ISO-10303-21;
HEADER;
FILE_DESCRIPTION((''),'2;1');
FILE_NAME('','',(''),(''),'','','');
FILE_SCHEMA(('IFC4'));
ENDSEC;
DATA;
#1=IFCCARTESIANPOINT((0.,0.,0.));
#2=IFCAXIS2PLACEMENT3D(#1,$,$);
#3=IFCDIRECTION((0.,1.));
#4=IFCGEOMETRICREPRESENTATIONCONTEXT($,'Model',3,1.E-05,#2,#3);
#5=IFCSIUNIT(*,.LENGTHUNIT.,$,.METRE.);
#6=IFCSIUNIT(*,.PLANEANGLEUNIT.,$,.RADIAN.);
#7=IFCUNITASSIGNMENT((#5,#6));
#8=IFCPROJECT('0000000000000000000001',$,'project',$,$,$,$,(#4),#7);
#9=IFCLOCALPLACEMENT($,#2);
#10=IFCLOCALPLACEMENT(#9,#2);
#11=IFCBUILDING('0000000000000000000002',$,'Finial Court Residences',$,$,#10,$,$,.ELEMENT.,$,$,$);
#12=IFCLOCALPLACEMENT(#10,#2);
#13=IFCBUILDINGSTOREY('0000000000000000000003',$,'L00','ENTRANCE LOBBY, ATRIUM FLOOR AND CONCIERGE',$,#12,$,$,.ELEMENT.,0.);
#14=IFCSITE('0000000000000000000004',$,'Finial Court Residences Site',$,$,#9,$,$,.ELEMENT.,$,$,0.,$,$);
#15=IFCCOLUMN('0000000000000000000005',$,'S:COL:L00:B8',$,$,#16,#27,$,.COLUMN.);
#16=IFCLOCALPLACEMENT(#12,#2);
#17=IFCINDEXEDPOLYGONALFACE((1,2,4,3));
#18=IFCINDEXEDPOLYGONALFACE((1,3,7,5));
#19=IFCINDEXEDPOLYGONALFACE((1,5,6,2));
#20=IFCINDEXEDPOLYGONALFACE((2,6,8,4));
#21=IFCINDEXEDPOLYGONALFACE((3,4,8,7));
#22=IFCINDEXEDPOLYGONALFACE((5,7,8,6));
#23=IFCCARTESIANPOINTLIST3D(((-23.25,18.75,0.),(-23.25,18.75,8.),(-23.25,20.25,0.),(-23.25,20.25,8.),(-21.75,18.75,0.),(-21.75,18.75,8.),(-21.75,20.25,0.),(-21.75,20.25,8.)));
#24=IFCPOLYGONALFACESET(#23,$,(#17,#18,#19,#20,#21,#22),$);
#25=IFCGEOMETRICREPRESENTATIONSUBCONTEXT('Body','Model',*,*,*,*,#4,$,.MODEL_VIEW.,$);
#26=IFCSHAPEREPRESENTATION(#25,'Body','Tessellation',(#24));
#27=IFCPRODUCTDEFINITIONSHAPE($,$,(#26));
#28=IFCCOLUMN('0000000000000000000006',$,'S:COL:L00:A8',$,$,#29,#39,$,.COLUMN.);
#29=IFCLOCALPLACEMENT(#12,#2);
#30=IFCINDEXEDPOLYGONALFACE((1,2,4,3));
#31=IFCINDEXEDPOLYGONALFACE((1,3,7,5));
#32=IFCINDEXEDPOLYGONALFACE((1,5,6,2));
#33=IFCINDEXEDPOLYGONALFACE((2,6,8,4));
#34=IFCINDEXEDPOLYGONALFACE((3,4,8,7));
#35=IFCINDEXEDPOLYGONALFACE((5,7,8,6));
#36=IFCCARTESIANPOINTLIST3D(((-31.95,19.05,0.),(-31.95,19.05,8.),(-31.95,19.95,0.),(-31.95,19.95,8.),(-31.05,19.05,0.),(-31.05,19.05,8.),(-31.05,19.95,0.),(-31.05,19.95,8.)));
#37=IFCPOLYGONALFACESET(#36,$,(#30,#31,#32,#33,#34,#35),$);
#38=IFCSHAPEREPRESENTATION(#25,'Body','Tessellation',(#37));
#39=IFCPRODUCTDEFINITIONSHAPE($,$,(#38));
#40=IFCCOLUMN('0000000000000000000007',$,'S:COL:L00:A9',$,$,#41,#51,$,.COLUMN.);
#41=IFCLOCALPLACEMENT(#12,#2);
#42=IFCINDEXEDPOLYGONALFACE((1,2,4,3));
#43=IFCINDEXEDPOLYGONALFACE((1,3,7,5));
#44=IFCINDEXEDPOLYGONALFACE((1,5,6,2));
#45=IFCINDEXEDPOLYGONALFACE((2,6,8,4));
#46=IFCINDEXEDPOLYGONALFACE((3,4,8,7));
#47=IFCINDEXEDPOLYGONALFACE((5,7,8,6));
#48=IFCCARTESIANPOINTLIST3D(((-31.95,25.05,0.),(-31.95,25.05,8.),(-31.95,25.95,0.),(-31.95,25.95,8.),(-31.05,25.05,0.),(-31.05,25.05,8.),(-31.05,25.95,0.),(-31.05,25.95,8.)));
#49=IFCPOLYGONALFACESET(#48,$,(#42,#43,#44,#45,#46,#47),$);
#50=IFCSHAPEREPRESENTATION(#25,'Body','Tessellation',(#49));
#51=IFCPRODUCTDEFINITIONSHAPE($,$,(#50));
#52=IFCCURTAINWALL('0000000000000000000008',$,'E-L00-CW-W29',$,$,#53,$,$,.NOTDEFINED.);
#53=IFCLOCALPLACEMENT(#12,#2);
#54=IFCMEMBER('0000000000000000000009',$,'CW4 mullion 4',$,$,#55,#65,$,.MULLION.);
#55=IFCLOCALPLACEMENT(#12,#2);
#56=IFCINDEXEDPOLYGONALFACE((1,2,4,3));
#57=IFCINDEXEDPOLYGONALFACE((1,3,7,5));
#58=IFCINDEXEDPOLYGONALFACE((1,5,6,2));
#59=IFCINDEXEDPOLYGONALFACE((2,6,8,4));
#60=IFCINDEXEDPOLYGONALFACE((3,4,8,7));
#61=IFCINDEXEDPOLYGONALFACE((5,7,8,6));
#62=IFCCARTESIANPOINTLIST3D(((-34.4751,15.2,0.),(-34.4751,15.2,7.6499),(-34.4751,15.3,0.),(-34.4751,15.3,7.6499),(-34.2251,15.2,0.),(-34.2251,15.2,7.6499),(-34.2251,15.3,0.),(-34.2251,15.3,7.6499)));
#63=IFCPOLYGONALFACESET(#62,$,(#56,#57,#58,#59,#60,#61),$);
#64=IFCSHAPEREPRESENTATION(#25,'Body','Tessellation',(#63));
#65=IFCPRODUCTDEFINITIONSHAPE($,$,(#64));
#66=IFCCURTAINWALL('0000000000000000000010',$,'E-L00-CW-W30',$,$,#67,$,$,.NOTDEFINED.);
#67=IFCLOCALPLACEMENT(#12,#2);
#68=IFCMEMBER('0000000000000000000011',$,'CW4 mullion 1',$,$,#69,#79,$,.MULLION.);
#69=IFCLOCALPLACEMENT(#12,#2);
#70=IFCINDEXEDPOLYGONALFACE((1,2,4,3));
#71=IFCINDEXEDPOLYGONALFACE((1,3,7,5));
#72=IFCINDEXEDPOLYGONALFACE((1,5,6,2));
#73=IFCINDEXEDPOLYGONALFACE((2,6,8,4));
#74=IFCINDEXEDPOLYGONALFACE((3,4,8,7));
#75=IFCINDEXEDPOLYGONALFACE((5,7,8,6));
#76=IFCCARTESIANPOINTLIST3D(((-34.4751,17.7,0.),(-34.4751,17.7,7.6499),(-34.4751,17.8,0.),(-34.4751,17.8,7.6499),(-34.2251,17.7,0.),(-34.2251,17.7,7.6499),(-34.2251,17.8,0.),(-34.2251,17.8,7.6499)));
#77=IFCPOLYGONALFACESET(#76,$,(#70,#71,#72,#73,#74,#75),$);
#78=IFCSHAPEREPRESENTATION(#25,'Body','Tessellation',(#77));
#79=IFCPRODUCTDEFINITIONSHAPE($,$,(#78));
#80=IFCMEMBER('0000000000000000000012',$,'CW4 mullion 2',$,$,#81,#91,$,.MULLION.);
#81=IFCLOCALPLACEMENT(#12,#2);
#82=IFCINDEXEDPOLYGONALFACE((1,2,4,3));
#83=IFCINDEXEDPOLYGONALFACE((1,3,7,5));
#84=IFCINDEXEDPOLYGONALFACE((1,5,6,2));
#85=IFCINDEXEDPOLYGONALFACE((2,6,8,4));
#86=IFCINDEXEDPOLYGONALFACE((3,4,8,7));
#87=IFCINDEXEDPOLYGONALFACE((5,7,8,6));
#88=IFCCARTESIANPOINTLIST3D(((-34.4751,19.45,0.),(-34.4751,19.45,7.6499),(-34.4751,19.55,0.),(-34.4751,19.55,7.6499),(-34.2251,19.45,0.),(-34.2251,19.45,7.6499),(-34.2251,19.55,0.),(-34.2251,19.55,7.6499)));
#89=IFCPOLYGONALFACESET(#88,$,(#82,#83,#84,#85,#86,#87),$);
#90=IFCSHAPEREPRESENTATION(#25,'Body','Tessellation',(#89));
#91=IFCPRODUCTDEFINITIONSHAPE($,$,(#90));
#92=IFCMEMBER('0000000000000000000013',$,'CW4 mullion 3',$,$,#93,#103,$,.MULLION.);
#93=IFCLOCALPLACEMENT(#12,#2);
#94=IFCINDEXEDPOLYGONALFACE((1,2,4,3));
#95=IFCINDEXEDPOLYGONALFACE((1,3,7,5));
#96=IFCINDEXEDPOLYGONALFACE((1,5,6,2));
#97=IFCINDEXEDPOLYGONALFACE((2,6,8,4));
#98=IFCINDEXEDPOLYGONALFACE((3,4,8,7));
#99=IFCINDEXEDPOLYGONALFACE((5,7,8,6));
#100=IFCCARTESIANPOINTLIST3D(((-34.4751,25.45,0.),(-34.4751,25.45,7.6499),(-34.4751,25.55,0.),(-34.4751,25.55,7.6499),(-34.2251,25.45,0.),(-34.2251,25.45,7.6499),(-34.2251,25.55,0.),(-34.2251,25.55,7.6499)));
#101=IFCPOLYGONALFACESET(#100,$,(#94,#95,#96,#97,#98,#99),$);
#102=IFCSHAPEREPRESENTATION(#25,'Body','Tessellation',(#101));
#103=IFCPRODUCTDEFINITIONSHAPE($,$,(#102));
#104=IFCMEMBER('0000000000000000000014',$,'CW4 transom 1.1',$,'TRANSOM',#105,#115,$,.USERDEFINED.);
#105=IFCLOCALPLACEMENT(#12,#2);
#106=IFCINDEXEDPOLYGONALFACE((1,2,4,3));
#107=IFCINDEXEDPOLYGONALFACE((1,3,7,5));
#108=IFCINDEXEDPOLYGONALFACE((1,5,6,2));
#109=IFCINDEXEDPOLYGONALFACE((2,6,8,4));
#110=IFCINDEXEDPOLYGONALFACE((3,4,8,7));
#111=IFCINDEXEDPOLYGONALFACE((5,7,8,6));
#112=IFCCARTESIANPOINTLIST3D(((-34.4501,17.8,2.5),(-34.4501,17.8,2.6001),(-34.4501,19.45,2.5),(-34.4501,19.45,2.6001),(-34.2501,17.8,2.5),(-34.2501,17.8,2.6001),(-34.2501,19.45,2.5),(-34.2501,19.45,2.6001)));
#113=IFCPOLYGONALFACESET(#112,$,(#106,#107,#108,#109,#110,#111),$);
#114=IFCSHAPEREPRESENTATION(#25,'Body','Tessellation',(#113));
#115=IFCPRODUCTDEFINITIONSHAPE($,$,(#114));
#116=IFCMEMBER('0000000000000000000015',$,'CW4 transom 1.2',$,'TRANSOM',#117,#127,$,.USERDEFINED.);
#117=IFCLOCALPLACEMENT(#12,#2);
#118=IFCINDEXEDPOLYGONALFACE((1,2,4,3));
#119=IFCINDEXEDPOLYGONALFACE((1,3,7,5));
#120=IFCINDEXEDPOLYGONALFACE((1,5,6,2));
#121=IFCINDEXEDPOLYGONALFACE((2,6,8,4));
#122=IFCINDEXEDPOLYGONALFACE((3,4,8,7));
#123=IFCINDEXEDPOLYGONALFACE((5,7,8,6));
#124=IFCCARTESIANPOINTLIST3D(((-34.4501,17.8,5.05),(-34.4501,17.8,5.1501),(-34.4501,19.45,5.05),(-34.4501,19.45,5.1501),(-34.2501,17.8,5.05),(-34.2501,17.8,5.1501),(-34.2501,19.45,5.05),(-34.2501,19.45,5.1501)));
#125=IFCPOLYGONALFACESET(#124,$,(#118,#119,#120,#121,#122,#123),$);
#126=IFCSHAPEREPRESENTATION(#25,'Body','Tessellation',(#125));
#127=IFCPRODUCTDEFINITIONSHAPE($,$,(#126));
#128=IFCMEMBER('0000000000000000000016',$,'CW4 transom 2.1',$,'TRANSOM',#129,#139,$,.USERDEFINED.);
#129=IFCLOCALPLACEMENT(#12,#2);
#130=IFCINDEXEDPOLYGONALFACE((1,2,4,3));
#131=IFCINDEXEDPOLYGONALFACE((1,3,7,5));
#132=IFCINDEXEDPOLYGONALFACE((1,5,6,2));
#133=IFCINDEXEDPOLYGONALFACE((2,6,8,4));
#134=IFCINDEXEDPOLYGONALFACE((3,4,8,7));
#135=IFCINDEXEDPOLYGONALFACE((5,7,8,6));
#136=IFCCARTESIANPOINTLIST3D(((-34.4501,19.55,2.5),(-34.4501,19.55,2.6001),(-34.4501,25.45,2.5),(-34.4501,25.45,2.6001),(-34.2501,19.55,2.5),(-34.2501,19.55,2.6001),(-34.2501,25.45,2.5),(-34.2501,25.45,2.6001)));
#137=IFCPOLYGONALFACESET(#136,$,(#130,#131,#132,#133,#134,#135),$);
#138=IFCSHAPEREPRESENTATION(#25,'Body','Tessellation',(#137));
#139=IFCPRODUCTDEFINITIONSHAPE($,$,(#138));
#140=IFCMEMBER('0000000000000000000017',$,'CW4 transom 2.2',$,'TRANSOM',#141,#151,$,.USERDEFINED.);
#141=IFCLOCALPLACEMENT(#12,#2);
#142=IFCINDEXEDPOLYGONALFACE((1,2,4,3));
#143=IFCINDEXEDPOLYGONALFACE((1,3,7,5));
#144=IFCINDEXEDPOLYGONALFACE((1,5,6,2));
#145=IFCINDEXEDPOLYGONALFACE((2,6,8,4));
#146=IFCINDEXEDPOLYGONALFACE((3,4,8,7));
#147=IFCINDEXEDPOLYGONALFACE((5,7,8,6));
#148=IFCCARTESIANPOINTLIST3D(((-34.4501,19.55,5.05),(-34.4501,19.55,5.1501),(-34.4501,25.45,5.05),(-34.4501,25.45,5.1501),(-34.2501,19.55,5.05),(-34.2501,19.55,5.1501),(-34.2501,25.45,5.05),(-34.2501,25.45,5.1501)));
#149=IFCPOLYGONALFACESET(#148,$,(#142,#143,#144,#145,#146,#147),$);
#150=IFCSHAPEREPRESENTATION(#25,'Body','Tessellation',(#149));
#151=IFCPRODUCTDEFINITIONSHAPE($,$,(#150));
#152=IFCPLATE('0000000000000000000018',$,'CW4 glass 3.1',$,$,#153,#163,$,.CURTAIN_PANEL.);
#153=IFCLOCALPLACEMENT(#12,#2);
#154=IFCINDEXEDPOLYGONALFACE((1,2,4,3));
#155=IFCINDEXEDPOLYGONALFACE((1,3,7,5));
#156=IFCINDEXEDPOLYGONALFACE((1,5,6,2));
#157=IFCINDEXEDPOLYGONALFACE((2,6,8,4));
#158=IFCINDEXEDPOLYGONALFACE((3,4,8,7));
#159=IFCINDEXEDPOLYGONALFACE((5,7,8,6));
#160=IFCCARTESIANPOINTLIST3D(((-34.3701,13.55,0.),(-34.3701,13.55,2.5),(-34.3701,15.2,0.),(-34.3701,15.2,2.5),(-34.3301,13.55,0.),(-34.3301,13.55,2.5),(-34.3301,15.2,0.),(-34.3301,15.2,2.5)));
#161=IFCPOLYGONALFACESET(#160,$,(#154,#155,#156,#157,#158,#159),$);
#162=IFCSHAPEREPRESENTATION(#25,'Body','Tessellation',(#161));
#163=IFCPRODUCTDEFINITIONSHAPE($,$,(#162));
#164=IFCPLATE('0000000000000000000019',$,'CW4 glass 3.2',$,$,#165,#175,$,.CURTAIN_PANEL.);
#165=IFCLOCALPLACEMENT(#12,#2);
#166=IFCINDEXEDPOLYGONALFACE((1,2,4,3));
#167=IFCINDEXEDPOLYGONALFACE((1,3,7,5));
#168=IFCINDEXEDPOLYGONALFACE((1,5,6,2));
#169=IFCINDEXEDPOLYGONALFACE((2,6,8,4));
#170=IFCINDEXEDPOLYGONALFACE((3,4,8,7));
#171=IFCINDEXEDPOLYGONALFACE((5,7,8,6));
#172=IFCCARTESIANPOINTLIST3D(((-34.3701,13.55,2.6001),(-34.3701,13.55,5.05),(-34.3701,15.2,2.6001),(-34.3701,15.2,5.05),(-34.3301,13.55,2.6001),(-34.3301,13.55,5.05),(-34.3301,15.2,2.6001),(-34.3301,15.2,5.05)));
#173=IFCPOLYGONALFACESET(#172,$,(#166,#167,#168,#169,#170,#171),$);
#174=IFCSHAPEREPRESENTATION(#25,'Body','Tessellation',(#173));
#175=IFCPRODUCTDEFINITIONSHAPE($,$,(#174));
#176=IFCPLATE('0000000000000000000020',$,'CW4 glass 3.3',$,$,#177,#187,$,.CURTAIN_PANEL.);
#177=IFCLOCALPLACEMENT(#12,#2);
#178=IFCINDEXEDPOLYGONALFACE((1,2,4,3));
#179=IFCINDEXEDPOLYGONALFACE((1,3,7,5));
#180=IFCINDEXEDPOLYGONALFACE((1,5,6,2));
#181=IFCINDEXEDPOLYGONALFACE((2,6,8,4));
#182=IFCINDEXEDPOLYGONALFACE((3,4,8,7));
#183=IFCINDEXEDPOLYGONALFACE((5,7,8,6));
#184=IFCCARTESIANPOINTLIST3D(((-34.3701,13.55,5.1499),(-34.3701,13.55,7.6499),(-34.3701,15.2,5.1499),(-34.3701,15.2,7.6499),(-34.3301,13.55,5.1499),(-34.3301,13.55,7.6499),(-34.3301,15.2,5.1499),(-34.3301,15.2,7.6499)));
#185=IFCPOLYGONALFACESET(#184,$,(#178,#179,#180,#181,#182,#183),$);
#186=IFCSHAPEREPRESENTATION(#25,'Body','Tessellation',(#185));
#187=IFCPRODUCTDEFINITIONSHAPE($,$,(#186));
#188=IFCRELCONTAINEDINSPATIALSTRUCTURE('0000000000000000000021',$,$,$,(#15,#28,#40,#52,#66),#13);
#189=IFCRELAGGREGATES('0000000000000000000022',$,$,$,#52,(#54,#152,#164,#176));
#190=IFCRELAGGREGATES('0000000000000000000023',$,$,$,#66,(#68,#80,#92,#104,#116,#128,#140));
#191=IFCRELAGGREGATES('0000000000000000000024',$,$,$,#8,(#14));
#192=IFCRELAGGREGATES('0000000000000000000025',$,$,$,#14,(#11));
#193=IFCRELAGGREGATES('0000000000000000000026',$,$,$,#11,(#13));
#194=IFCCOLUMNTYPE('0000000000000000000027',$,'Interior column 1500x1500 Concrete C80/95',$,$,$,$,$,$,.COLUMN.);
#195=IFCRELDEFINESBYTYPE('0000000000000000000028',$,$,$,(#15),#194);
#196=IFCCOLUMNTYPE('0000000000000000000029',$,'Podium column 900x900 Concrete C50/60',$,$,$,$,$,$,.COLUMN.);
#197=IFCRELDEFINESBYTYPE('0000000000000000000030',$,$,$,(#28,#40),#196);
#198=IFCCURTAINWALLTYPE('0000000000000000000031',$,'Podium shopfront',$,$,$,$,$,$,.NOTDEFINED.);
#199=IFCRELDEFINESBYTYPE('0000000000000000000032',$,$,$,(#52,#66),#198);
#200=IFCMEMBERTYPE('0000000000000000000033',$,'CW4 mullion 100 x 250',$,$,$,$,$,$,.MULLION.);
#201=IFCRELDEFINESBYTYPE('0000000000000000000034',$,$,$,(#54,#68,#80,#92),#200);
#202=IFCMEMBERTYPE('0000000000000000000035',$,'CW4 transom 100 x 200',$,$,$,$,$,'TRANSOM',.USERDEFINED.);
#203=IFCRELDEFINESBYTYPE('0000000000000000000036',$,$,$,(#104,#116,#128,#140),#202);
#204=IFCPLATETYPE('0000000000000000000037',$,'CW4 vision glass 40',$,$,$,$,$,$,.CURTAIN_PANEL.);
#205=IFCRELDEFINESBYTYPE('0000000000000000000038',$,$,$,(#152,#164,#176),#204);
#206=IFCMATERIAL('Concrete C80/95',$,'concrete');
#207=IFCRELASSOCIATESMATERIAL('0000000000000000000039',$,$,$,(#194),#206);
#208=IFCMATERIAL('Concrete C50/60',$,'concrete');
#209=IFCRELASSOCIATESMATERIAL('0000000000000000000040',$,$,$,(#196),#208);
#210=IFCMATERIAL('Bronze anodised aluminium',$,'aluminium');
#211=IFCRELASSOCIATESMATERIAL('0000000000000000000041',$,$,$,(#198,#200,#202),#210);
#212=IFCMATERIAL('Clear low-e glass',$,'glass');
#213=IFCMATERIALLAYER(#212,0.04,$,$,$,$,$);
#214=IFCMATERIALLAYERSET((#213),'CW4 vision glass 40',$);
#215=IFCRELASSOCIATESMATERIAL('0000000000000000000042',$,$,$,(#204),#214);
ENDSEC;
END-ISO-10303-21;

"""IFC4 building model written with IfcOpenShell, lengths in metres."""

from ifc_helpers import new_model, si_unit, direction, frame, origin, origin_2d, place, context, subcontext, project, spatial, rectangle, extrude, material, layer, layer_set, material_profile, profile_set, type_object, element, aggregate, save


model = new_model("IFC4")

# Units and contexts
model_context = context("Model", 3, precision=1e-05, world=origin(), true_north=direction((0.0, 1.0)))
body_context = subcontext(model_context, "Body", "Model", "MODEL_VIEW")
ifc_project = project(units=[si_unit("LENGTHUNIT", "METRE"), si_unit("PLANEANGLEUNIT", "RADIAN")], contexts=[model_context])

# Site, building, storey
site_placement = place(None, origin())
site = spatial("IfcSite", under=ifc_project, at=site_placement, Name="Finial Court Residences Site", CompositionType="ELEMENT", RefElevation=0.0)
building_placement = place(site_placement, origin())
building = spatial("IfcBuilding", under=site, at=building_placement, Name="Finial Court Residences", CompositionType="ELEMENT")
storey_placement = place(building_placement, origin())
storey = spatial("IfcBuildingStorey", under=building, at=storey_placement, Name="L00", Description="ENTRANCE LOBBY, ATRIUM FLOOR AND CONCIERGE", CompositionType="ELEMENT", Elevation=0.0)

# Columns
ifc_material_1 = material(Name="Concrete C80/95", Category="concrete")
ifc_material_profile_1 = material_profile(ifc_material_1, rectangle(XDim=1.5, YDim=1.5, at=origin_2d()), Name="1500x1500")
ifc_profile_set_1 = profile_set([ifc_material_profile_1], Name="Concrete C80/95")
column_type_1 = type_object("IfcColumnType", Name="Interior column 1500x1500 Concrete C80/95", PredefinedType="COLUMN", material=ifc_profile_set_1)
column_placement = place(storey_placement, frame((-22.5, 19.5, 0.0), z_axis=(0.0, 0.0, 1.0), x_axis=(1.0, 0.0, 0.0)))
element("IfcColumn", 1, at=column_placement, inside=storey, type_object=column_type_1, Name="S:COL:L00:B8", PredefinedType="COLUMN", context=body_context, shape_type="SweptSolid", body=[
    extrude(rectangle(XDim=1.5, YDim=1.5, at=origin_2d()), origin(), (0.0, 0.0, 1.0), 8.0),
])
ifc_material_2 = material(Name="Concrete C50/60", Category="concrete")
ifc_material_profile_2 = material_profile(ifc_material_2, rectangle(XDim=0.8999, YDim=0.8999, at=origin_2d()), Name="900x900")
ifc_profile_set_2 = profile_set([ifc_material_profile_2], Name="Concrete C50/60")
column_type_2 = type_object("IfcColumnType", Name="Podium column 900x900 Concrete C50/60", PredefinedType="COLUMN", material=ifc_profile_set_2)
for number, where, z_axis, x_axis, name in (
    (2, (-31.5, 19.5, 0.0), (0.0, 0.0, 1.0), (1.0, 0.0, 0.0), "S:COL:L00:A8"),
    (3, (-31.5, 25.5, 0.0), (0.0, 0.0, 1.0), (1.0, 0.0, 0.0), "S:COL:L00:A9"),
):
    element("IfcColumn", number, at=place(storey_placement, frame(where, z_axis=z_axis, x_axis=x_axis)), inside=storey, type_object=column_type_2, Name=name, PredefinedType="COLUMN", context=body_context, shape_type="SweptSolid", body=[
        extrude(rectangle(XDim=0.8999, YDim=0.8999, at=origin_2d()), origin(), (0.0, 0.0, 1.0), 8.0),
    ])

# Curtain wall, member
ifc_material_3 = material(Name="Bronze anodised aluminium", Category="aluminium")
curtain_wall_type = type_object("IfcCurtainWallType", Name="Podium shopfront", PredefinedType="NOTDEFINED", material=ifc_material_3)
curtain_wall_1_placement = place(storey_placement, origin())
curtain_wall_1 = element("IfcCurtainWall", 4, at=curtain_wall_1_placement, inside=storey, type_object=curtain_wall_type, Name="E-L00-CW-W29", PredefinedType="NOTDEFINED")
ifc_material_profile_3 = material_profile(ifc_material_3, rectangle(XDim=0.25, YDim=0.1001, at=origin_2d()), Name="CW4 mullion 100 x 250")
ifc_profile_set_3 = profile_set([ifc_material_profile_3], Name="Bronze anodised aluminium")
member_type_1 = type_object("IfcMemberType", Name="CW4 mullion 100 x 250", PredefinedType="MULLION", material=ifc_profile_set_3)
member_1_placement = place(storey_placement, frame((-34.3501, 15.25, 0.0), z_axis=(0.0, 0.0, 1.0), x_axis=(-1.0, 0.0, 0.0)))
member_1 = element("IfcMember", 5, at=member_1_placement, type_object=member_type_1, Name="CW4 mullion 4", PredefinedType="MULLION", context=body_context, shape_type="SweptSolid", body=[
    extrude(rectangle(XDim=0.25, YDim=0.1001, at=origin_2d()), origin(), (0.0, 0.0, 1.0), 7.6499),
])

# Curtain wall, members
curtain_wall_2_placement = place(storey_placement, origin())
curtain_wall_2 = element("IfcCurtainWall", 6, at=curtain_wall_2_placement, inside=storey, type_object=curtain_wall_type, Name="E-L00-CW-W30", PredefinedType="NOTDEFINED")
member_2_placement = place(storey_placement, frame((-34.3501, 17.75, 0.0), z_axis=(0.0, 0.0, 1.0), x_axis=(-1.0, 0.0, 0.0)))
member_2 = element("IfcMember", 7, at=member_2_placement, type_object=member_type_1, Name="CW4 mullion 1", PredefinedType="MULLION", context=body_context, shape_type="SweptSolid", body=[
    extrude(rectangle(XDim=0.25, YDim=0.1001, at=origin_2d()), origin(), (0.0, 0.0, 1.0), 7.6499),
])
member_3_placement = place(storey_placement, frame((-34.3501, 19.5, 0.0), z_axis=(0.0, 0.0, 1.0), x_axis=(-1.0, 0.0, 0.0)))
member_3 = element("IfcMember", 8, at=member_3_placement, type_object=member_type_1, Name="CW4 mullion 2", PredefinedType="MULLION", context=body_context, shape_type="SweptSolid", body=[
    extrude(rectangle(XDim=0.25, YDim=0.1001, at=origin_2d()), origin(), (0.0, 0.0, 1.0), 7.6499),
])
member_4_placement = place(storey_placement, frame((-34.3501, 25.5, 0.0), z_axis=(0.0, 0.0, 1.0), x_axis=(-1.0, 0.0, 0.0)))
member_4 = element("IfcMember", 9, at=member_4_placement, type_object=member_type_1, Name="CW4 mullion 3", PredefinedType="MULLION", context=body_context, shape_type="SweptSolid", body=[
    extrude(rectangle(XDim=0.25, YDim=0.1001, at=origin_2d()), origin(), (0.0, 0.0, 1.0), 7.6499),
])
ifc_material_profile_4 = material_profile(ifc_material_3, rectangle(XDim=0.2, YDim=0.1001, at=origin_2d()), Name="CW4 transom 100 x 200")
ifc_profile_set_4 = profile_set([ifc_material_profile_4], Name="Bronze anodised aluminium")
member_type_2 = type_object("IfcMemberType", Name="CW4 transom 100 x 200", ElementType="TRANSOM", PredefinedType="USERDEFINED", material=ifc_profile_set_4)
member_5_placement = place(storey_placement, frame((-34.3501, 17.8, 2.55), z_axis=(0.0, 1.0, 0.0), x_axis=(-1.0, 0.0, 0.0)))
member_5 = element("IfcMember", 10, at=member_5_placement, type_object=member_type_2, Name="CW4 transom 1.1", ObjectType="TRANSOM", PredefinedType="USERDEFINED", context=body_context, shape_type="SweptSolid", body=[
    extrude(rectangle(XDim=0.2, YDim=0.1001, at=origin_2d()), origin(), (0.0, 0.0, 1.0), 1.6499),
])
member_6_placement = place(storey_placement, frame((-34.3501, 17.8, 5.1001), z_axis=(0.0, 1.0, 0.0), x_axis=(-1.0, 0.0, 0.0)))
member_6 = element("IfcMember", 11, at=member_6_placement, type_object=member_type_2, Name="CW4 transom 1.2", ObjectType="TRANSOM", PredefinedType="USERDEFINED", context=body_context, shape_type="SweptSolid", body=[
    extrude(rectangle(XDim=0.2, YDim=0.1001, at=origin_2d()), origin(), (0.0, 0.0, 1.0), 1.6499),
])
member_7_placement = place(storey_placement, frame((-34.3501, 19.55, 2.55), z_axis=(0.0, 1.0, 0.0), x_axis=(-1.0, 0.0, 0.0)))
member_7 = element("IfcMember", 12, at=member_7_placement, type_object=member_type_2, Name="CW4 transom 2.1", ObjectType="TRANSOM", PredefinedType="USERDEFINED", context=body_context, shape_type="SweptSolid", body=[
    extrude(rectangle(XDim=0.2, YDim=0.1001, at=origin_2d()), origin(), (0.0, 0.0, 1.0), 5.8999),
])
member_8_placement = place(storey_placement, frame((-34.3501, 19.55, 5.1001), z_axis=(0.0, 1.0, 0.0), x_axis=(-1.0, 0.0, 0.0)))
member_8 = element("IfcMember", 13, at=member_8_placement, type_object=member_type_2, Name="CW4 transom 2.2", ObjectType="TRANSOM", PredefinedType="USERDEFINED", context=body_context, shape_type="SweptSolid", body=[
    extrude(rectangle(XDim=0.2, YDim=0.1001, at=origin_2d()), origin(), (0.0, 0.0, 1.0), 5.8999),
])

# Plates
ifc_material_4 = material(Name="Clear low-e glass", Category="glass")
ifc_layer_1 = layer(ifc_material_4, 0.04)
ifc_layer_set_1 = layer_set([ifc_layer_1], Name="CW4 vision glass 40")
plate_type = type_object("IfcPlateType", Name="CW4 vision glass 40", PredefinedType="CURTAIN_PANEL", material=ifc_layer_set_1)
plate_1_placement = place(storey_placement, frame((-34.3501, 14.375, 0.0), z_axis=(0.0, 0.0, 1.0), x_axis=(0.0, 1.0, 0.0)))
plate_1 = element("IfcPlate", 14, at=plate_1_placement, type_object=plate_type, Name="CW4 glass 3.1", PredefinedType="CURTAIN_PANEL", context=body_context, shape_type="SweptSolid", body=[
    extrude(rectangle(XDim=1.6499, YDim=0.04, at=origin_2d()), origin(), (0.0, 0.0, 1.0), 2.5),
])
plate_2_placement = place(storey_placement, frame((-34.3501, 14.375, 2.6001), z_axis=(0.0, 0.0, 1.0), x_axis=(0.0, 1.0, 0.0)))
plate_2 = element("IfcPlate", 15, at=plate_2_placement, type_object=plate_type, Name="CW4 glass 3.2", PredefinedType="CURTAIN_PANEL", context=body_context, shape_type="SweptSolid", body=[
    extrude(rectangle(XDim=1.6499, YDim=0.04, at=origin_2d()), origin(), (0.0, 0.0, 1.0), 2.45),
])
plate_3_placement = place(storey_placement, frame((-34.3501, 14.375, 5.1499), z_axis=(0.0, 0.0, 1.0), x_axis=(0.0, 1.0, 0.0)))
plate_3 = element("IfcPlate", 16, at=plate_3_placement, type_object=plate_type, Name="CW4 glass 3.3", PredefinedType="CURTAIN_PANEL", context=body_context, shape_type="SweptSolid", body=[
    extrude(rectangle(XDim=1.6499, YDim=0.04, at=origin_2d()), origin(), (0.0, 0.0, 1.0), 2.5),
])
aggregate(curtain_wall_1, [member_1, plate_1, plate_2, plate_3])
aggregate(curtain_wall_2, [member_2, member_3, member_4, member_5, member_6, member_7, member_8])

save(model, "model.ifc")
